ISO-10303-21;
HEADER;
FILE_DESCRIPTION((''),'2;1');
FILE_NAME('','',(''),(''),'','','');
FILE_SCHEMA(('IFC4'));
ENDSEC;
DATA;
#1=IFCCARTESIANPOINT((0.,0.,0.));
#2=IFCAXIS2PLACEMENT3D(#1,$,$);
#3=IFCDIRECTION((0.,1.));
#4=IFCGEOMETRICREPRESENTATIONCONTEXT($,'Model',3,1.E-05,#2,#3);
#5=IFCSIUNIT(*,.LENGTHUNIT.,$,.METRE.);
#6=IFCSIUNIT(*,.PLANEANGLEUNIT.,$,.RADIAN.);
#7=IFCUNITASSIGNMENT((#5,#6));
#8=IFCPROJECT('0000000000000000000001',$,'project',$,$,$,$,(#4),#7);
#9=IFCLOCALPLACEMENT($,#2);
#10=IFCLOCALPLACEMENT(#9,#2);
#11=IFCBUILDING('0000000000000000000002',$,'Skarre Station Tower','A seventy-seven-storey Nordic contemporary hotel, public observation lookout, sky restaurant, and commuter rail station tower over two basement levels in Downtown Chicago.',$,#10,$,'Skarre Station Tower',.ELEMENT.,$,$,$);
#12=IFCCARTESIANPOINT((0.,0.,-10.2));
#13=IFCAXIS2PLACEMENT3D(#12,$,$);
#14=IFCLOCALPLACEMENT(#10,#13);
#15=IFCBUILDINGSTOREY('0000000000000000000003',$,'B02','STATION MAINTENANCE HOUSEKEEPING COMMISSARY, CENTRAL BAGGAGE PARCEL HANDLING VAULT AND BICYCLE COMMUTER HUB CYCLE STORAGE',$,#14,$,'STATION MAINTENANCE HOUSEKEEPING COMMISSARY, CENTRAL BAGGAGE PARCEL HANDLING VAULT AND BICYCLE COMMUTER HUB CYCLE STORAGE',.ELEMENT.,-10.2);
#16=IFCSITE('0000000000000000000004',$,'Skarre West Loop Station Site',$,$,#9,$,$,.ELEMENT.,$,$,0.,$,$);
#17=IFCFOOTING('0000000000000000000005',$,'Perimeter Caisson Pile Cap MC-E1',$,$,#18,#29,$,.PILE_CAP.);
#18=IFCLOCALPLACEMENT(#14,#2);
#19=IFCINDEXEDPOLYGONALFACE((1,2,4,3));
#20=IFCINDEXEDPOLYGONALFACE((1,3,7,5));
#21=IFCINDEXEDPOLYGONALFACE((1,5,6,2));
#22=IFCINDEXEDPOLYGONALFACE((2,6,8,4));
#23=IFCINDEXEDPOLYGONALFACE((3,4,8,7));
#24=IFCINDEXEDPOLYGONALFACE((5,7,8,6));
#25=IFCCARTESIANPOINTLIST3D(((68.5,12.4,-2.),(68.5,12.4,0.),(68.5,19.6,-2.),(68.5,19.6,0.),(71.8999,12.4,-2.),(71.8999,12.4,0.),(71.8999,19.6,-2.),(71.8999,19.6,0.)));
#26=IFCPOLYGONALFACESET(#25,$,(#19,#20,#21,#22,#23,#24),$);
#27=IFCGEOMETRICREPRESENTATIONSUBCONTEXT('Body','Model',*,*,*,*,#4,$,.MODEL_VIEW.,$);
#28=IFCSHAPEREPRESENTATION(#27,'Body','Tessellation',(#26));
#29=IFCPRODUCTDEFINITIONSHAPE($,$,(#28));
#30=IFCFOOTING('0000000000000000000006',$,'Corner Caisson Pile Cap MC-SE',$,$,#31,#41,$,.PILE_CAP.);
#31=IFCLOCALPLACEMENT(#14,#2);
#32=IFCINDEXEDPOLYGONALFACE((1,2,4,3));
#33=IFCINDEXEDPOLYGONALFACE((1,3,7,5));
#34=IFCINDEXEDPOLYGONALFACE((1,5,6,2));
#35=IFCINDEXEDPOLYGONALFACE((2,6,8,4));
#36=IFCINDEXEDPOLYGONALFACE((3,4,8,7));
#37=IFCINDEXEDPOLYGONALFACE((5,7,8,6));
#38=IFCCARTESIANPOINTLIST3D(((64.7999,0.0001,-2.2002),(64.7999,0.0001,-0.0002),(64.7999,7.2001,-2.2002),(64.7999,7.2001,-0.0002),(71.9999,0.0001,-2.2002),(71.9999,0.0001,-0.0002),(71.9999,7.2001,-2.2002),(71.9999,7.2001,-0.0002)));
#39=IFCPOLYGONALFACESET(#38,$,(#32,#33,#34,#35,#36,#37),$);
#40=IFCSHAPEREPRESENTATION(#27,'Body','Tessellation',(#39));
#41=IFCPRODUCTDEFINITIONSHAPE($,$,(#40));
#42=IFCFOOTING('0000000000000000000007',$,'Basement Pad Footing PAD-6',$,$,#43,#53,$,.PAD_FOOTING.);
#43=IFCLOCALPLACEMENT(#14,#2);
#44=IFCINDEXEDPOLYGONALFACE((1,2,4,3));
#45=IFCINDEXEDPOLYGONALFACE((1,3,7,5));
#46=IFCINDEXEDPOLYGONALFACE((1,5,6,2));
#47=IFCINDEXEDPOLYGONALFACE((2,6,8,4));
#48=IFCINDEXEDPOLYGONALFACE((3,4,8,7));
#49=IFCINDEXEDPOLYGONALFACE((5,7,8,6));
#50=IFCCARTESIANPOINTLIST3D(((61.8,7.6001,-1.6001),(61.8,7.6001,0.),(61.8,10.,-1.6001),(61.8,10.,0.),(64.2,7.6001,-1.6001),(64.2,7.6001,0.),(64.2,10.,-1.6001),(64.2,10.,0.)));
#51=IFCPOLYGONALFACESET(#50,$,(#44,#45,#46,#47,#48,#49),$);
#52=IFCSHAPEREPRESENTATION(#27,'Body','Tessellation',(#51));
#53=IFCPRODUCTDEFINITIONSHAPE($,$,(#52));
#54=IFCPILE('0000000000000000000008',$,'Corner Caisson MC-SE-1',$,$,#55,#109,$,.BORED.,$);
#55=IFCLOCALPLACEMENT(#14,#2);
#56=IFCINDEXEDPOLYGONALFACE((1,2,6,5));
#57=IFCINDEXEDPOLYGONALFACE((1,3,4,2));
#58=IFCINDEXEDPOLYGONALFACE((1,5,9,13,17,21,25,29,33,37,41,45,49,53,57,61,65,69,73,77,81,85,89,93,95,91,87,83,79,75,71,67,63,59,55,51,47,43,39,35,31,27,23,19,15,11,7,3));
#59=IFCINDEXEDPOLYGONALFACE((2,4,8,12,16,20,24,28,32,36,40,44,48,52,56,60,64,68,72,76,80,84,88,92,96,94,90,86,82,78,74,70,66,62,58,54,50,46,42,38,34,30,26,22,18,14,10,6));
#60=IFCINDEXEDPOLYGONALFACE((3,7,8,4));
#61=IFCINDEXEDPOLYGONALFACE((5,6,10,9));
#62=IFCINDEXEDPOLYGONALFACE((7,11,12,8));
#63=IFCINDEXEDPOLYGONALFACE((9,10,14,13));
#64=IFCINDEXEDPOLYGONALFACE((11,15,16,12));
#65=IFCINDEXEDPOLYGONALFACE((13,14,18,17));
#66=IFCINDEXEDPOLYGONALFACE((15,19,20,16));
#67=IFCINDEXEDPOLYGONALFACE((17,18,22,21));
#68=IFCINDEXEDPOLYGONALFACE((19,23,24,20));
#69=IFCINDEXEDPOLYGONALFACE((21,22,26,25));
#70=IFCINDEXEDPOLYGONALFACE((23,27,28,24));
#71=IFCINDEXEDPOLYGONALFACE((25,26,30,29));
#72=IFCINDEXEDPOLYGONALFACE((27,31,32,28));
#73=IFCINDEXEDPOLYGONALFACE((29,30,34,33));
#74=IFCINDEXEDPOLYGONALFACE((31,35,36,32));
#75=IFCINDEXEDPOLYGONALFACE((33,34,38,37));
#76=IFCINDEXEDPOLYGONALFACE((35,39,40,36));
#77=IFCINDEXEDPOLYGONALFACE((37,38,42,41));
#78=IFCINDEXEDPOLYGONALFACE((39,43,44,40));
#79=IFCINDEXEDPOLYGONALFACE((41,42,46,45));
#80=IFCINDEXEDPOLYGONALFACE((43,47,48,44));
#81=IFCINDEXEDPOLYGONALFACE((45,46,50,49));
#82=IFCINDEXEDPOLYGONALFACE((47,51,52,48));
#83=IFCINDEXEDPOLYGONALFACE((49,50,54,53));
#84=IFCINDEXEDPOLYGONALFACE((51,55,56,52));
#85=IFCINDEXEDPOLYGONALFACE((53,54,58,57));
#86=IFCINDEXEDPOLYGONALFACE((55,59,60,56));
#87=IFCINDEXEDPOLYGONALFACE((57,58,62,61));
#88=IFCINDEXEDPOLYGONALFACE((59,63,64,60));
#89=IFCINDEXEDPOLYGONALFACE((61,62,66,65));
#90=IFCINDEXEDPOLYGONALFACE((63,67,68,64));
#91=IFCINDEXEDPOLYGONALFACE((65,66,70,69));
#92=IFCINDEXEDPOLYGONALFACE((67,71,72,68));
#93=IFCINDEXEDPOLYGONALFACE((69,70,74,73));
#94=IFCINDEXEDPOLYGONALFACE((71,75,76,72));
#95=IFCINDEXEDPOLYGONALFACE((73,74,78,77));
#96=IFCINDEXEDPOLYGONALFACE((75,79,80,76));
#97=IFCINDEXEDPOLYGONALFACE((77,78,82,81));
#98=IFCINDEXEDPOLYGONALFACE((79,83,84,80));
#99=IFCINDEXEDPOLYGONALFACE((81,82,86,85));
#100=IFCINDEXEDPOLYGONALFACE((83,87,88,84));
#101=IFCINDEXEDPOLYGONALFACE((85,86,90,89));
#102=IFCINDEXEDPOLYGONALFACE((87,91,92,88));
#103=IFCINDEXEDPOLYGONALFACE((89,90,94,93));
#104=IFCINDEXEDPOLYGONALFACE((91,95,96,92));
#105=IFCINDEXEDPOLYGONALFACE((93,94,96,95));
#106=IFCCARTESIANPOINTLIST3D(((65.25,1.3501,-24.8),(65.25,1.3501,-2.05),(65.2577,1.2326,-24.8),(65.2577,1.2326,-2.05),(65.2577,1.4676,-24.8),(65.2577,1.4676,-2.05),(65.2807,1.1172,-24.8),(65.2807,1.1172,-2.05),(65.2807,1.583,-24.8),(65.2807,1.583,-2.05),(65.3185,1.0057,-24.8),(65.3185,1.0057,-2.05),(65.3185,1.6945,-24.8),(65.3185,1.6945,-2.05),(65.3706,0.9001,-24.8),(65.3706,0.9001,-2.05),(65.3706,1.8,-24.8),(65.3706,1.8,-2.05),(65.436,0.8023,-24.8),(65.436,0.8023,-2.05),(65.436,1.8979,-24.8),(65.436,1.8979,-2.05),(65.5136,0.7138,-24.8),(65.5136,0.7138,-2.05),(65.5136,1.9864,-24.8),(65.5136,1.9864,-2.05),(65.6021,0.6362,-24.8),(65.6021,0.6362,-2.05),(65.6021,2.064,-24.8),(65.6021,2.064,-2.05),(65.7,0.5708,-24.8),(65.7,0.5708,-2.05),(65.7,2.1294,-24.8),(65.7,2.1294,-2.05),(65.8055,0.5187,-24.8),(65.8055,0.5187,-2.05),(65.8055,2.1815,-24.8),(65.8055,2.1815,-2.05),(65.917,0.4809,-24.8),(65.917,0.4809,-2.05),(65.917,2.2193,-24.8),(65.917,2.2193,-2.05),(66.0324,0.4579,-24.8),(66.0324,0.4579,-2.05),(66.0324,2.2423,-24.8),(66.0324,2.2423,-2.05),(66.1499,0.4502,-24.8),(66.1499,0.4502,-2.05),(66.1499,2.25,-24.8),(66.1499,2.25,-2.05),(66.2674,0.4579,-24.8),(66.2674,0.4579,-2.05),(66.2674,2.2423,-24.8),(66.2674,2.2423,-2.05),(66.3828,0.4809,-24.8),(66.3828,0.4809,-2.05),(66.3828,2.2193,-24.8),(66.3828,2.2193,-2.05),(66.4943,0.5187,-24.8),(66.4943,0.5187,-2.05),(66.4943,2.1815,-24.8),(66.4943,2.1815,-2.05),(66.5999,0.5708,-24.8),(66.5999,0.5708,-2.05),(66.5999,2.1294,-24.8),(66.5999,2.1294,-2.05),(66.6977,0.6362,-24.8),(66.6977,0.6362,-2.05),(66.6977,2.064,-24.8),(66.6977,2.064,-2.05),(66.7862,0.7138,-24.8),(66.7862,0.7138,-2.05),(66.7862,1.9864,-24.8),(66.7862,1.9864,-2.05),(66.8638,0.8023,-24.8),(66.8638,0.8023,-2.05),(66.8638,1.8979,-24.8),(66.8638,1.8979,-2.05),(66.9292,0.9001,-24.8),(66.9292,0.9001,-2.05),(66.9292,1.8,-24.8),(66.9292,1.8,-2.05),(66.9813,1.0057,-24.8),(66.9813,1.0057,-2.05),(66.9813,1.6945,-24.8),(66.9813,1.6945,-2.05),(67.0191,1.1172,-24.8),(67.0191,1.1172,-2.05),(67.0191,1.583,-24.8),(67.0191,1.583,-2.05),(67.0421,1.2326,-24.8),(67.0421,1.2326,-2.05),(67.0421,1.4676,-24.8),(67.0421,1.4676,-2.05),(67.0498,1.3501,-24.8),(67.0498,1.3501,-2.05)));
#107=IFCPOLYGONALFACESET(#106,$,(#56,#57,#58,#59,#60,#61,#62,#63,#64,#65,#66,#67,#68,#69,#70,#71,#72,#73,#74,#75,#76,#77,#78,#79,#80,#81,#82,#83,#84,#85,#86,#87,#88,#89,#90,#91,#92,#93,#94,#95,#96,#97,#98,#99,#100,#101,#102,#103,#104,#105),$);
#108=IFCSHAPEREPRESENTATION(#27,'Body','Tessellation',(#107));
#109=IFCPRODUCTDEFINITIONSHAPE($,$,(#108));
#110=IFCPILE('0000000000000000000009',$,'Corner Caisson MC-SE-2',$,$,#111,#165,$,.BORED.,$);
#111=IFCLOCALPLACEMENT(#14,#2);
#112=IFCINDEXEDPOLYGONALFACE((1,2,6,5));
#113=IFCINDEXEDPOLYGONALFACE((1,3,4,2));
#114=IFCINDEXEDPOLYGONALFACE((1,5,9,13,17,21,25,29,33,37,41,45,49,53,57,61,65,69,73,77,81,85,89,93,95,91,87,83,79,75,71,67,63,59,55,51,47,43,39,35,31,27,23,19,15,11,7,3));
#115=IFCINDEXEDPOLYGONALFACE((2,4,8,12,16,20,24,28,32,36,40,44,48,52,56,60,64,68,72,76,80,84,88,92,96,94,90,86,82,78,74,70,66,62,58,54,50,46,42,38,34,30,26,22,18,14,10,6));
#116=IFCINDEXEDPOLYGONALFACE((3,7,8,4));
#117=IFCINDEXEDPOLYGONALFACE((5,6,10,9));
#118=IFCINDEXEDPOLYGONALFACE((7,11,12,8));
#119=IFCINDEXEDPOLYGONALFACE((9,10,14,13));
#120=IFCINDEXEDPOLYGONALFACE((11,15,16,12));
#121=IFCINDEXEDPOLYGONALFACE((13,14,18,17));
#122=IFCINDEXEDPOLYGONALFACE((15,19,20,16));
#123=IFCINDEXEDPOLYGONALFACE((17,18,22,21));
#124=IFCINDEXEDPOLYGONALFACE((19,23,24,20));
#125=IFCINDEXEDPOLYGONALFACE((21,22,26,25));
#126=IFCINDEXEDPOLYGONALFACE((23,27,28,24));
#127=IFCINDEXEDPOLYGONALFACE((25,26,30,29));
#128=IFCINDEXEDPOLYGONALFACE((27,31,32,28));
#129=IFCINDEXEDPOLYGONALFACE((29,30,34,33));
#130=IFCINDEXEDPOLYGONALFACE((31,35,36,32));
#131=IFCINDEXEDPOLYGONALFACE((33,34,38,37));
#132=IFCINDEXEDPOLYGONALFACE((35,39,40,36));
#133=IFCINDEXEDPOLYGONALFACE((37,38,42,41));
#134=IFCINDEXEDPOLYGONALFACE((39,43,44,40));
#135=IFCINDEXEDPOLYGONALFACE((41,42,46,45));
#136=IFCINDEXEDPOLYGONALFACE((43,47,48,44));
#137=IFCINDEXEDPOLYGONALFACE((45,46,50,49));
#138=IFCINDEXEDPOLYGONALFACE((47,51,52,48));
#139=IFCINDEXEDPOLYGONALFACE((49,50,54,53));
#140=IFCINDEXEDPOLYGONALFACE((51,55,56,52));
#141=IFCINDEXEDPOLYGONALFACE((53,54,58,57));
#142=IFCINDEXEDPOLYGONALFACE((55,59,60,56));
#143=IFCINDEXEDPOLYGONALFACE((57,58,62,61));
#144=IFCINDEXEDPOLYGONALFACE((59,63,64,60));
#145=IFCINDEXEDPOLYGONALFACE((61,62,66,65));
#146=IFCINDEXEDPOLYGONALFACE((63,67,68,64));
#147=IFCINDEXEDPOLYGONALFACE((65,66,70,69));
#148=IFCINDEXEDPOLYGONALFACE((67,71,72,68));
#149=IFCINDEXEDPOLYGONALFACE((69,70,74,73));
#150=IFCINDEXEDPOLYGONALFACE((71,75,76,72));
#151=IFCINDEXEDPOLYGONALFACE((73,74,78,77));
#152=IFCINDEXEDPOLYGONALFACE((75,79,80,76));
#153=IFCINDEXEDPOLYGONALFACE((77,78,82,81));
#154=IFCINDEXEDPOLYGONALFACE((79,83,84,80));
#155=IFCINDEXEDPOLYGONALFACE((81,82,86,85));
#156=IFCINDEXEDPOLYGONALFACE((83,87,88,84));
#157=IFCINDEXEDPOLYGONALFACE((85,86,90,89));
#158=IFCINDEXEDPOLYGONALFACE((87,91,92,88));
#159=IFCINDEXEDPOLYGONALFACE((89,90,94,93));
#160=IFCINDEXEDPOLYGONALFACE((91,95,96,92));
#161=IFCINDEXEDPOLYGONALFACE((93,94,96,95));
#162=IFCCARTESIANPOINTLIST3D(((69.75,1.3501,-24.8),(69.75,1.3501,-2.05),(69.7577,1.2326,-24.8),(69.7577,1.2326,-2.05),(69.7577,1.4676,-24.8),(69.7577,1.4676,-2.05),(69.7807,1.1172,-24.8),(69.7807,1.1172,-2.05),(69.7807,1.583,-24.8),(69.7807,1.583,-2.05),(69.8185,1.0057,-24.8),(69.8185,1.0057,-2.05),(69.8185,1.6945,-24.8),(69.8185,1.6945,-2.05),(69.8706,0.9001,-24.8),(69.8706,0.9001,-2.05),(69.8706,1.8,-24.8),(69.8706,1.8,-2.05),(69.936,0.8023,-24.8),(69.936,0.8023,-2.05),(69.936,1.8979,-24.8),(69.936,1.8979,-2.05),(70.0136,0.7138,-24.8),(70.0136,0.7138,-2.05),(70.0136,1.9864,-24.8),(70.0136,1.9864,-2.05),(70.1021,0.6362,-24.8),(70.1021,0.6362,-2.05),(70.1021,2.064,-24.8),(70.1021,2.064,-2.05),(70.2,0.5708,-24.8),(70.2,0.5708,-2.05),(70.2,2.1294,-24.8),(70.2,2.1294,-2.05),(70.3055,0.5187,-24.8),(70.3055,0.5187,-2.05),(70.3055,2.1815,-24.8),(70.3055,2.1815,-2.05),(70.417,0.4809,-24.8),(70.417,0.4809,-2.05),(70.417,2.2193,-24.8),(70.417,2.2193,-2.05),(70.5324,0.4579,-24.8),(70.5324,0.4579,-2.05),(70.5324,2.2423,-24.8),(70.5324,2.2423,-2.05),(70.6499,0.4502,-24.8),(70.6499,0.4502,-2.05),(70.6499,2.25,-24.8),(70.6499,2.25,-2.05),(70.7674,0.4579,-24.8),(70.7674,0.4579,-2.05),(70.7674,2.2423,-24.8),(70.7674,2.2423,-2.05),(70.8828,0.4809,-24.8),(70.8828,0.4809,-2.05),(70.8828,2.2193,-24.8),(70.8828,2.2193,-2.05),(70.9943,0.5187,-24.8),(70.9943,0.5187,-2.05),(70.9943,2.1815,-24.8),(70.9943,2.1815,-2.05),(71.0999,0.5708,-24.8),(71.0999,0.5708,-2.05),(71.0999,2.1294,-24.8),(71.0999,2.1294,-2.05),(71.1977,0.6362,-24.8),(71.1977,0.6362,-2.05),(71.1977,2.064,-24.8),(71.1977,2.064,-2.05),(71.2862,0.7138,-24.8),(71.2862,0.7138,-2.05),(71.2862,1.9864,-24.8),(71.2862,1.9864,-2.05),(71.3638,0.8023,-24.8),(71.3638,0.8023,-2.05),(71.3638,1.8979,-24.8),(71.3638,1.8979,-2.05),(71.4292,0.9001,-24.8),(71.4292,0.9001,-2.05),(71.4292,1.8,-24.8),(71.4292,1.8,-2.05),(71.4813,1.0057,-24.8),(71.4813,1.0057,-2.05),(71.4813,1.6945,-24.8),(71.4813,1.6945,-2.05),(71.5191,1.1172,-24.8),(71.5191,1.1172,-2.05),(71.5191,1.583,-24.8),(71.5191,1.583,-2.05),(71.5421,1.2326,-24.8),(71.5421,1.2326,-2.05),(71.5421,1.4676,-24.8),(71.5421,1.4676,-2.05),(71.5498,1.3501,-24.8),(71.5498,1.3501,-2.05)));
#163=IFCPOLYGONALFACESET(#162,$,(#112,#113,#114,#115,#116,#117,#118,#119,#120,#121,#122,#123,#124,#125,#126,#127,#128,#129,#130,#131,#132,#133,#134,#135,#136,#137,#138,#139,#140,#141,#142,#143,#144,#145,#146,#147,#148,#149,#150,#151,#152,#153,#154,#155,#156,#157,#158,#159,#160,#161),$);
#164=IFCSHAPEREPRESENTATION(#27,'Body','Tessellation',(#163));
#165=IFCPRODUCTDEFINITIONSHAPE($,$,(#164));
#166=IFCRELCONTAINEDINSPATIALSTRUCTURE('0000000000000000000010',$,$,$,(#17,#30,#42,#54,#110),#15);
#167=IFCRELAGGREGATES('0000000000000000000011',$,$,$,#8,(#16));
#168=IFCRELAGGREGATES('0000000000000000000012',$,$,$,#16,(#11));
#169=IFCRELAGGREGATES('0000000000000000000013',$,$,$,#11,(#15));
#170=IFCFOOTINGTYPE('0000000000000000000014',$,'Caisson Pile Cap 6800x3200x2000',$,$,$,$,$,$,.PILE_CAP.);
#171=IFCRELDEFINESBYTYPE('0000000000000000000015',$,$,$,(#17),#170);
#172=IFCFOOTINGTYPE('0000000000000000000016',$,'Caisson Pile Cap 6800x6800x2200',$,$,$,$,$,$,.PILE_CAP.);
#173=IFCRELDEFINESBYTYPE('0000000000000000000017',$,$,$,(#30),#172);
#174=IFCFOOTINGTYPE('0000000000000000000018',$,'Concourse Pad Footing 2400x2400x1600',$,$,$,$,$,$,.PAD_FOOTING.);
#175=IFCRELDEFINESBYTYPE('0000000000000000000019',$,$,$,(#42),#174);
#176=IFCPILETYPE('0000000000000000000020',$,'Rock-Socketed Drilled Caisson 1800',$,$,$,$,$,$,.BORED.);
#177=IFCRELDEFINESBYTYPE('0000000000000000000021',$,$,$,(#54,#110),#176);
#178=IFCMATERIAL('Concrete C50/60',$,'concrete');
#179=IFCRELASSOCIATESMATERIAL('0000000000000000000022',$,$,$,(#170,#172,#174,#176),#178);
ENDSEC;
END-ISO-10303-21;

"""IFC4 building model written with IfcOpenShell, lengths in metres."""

from ifc_helpers import new_model, si_unit, direction, frame, origin, origin_2d, place, context, subcontext, project, spatial, rectangle, circle, extrude, material, material_profile, profile_set, type_object, element, save


model = new_model("IFC4")

# Units and contexts
model_context = context("Model", 3, precision=1e-05, world=origin(), true_north=direction((0.0, 1.0)))
body_context = subcontext(model_context, "Body", "Model", "MODEL_VIEW")
ifc_project = project(units=[si_unit("LENGTHUNIT", "METRE"), si_unit("PLANEANGLEUNIT", "RADIAN")], contexts=[model_context])

# Site, building, storey
site_placement = place(None, origin())
site = spatial("IfcSite", under=ifc_project, at=site_placement, Name="Skarre West Loop Station Site", CompositionType="ELEMENT", RefElevation=0.0)
building_placement = place(site_placement, origin())
building = spatial("IfcBuilding", under=site, at=building_placement, Name="Skarre Station Tower", Description="A seventy-seven-storey Nordic contemporary hotel, public observation lookout, sky restaurant, and commuter rail station tower over two basement levels in Downtown Chicago.", LongName="Skarre Station Tower", CompositionType="ELEMENT")
storey_placement = place(building_placement, frame((0.0, 0.0, -10.2)))
storey = spatial("IfcBuildingStorey", under=building, at=storey_placement, Name="B02", Description="STATION MAINTENANCE HOUSEKEEPING COMMISSARY, CENTRAL BAGGAGE PARCEL HANDLING VAULT AND BICYCLE COMMUTER HUB CYCLE STORAGE", LongName="STATION MAINTENANCE HOUSEKEEPING COMMISSARY, CENTRAL BAGGAGE PARCEL HANDLING VAULT AND BICYCLE COMMUTER HUB CYCLE STORAGE", CompositionType="ELEMENT", Elevation=-10.2)

# Footings
ifc_material_1 = material(Name="Concrete C50/60", Category="concrete")
footing_type_1 = type_object("IfcFootingType", Name="Caisson Pile Cap 6800x3200x2000", PredefinedType="PILE_CAP", material=ifc_material_1)
footing_1_placement = place(storey_placement, frame((70.2, 16.0, -2.0), z_axis=(0.0, 0.0, 1.0), x_axis=(0.0, 1.0, 0.0)))
element("IfcFooting", 1, at=footing_1_placement, inside=storey, type_object=footing_type_1, Name="Perimeter Caisson Pile Cap MC-E1", PredefinedType="PILE_CAP", context=body_context, shape_type="SweptSolid", body=[
    extrude(rectangle(XDim=7.2, YDim=3.3999, at=origin_2d()), origin(), (0.0, 0.0, 1.0), 2.0),
])
footing_type_2 = type_object("IfcFootingType", Name="Caisson Pile Cap 6800x6800x2200", PredefinedType="PILE_CAP", material=ifc_material_1)
footing_2_placement = place(storey_placement, frame((68.3999, 3.6001, -2.2002), z_axis=(0.0, 0.0, 1.0), x_axis=(1.0, 0.0, 0.0)))
element("IfcFooting", 2, at=footing_2_placement, inside=storey, type_object=footing_type_2, Name="Corner Caisson Pile Cap MC-SE", PredefinedType="PILE_CAP", context=body_context, shape_type="SweptSolid", body=[
    extrude(rectangle(XDim=7.2, YDim=7.2, at=origin_2d()), origin(), (0.0, 0.0, 1.0), 2.2),
])
footing_type_3 = type_object("IfcFootingType", Name="Concourse Pad Footing 2400x2400x1600", PredefinedType="PAD_FOOTING", material=ifc_material_1)
footing_3_placement = place(storey_placement, frame((63.0, 8.8, -1.6001), z_axis=(0.0, 0.0, 1.0), x_axis=(1.0, 0.0, 0.0)))
element("IfcFooting", 3, at=footing_3_placement, inside=storey, type_object=footing_type_3, Name="Basement Pad Footing PAD-6", PredefinedType="PAD_FOOTING", context=body_context, shape_type="SweptSolid", body=[
    extrude(rectangle(XDim=2.3999, YDim=2.3999, at=origin_2d()), origin(), (0.0, 0.0, 1.0), 1.6001),
])

# Piles
ifc_material_profile_1 = material_profile(ifc_material_1, circle(Radius=0.8999, at=origin_2d()), Name="Concrete C50/60")
ifc_profile_set_1 = profile_set([ifc_material_profile_1], Name="Concrete C50/60")
pile_type = type_object("IfcPileType", Name="Rock-Socketed Drilled Caisson 1800", PredefinedType="BORED", material=ifc_profile_set_1)
for number, where, z_axis, x_axis, name in (
    (4, (66.1499, 1.3501, -2.05), (0.0, 0.0, -1.0), (1.0, 0.0, 0.0), "Corner Caisson MC-SE-1"),
    (5, (70.6499, 1.3501, -2.05), (0.0, 0.0, -1.0), (1.0, 0.0, 0.0), "Corner Caisson MC-SE-2"),
):
    element("IfcPile", number, at=place(storey_placement, frame(where, z_axis=z_axis, x_axis=x_axis)), inside=storey, type_object=pile_type, Name=name, PredefinedType="BORED", context=body_context, shape_type="SweptSolid", body=[
        extrude(circle(Radius=0.8999, at=origin_2d()), origin(), (0.0, 0.0, 1.0), 22.75),
    ])

save(model, "model.ifc")
